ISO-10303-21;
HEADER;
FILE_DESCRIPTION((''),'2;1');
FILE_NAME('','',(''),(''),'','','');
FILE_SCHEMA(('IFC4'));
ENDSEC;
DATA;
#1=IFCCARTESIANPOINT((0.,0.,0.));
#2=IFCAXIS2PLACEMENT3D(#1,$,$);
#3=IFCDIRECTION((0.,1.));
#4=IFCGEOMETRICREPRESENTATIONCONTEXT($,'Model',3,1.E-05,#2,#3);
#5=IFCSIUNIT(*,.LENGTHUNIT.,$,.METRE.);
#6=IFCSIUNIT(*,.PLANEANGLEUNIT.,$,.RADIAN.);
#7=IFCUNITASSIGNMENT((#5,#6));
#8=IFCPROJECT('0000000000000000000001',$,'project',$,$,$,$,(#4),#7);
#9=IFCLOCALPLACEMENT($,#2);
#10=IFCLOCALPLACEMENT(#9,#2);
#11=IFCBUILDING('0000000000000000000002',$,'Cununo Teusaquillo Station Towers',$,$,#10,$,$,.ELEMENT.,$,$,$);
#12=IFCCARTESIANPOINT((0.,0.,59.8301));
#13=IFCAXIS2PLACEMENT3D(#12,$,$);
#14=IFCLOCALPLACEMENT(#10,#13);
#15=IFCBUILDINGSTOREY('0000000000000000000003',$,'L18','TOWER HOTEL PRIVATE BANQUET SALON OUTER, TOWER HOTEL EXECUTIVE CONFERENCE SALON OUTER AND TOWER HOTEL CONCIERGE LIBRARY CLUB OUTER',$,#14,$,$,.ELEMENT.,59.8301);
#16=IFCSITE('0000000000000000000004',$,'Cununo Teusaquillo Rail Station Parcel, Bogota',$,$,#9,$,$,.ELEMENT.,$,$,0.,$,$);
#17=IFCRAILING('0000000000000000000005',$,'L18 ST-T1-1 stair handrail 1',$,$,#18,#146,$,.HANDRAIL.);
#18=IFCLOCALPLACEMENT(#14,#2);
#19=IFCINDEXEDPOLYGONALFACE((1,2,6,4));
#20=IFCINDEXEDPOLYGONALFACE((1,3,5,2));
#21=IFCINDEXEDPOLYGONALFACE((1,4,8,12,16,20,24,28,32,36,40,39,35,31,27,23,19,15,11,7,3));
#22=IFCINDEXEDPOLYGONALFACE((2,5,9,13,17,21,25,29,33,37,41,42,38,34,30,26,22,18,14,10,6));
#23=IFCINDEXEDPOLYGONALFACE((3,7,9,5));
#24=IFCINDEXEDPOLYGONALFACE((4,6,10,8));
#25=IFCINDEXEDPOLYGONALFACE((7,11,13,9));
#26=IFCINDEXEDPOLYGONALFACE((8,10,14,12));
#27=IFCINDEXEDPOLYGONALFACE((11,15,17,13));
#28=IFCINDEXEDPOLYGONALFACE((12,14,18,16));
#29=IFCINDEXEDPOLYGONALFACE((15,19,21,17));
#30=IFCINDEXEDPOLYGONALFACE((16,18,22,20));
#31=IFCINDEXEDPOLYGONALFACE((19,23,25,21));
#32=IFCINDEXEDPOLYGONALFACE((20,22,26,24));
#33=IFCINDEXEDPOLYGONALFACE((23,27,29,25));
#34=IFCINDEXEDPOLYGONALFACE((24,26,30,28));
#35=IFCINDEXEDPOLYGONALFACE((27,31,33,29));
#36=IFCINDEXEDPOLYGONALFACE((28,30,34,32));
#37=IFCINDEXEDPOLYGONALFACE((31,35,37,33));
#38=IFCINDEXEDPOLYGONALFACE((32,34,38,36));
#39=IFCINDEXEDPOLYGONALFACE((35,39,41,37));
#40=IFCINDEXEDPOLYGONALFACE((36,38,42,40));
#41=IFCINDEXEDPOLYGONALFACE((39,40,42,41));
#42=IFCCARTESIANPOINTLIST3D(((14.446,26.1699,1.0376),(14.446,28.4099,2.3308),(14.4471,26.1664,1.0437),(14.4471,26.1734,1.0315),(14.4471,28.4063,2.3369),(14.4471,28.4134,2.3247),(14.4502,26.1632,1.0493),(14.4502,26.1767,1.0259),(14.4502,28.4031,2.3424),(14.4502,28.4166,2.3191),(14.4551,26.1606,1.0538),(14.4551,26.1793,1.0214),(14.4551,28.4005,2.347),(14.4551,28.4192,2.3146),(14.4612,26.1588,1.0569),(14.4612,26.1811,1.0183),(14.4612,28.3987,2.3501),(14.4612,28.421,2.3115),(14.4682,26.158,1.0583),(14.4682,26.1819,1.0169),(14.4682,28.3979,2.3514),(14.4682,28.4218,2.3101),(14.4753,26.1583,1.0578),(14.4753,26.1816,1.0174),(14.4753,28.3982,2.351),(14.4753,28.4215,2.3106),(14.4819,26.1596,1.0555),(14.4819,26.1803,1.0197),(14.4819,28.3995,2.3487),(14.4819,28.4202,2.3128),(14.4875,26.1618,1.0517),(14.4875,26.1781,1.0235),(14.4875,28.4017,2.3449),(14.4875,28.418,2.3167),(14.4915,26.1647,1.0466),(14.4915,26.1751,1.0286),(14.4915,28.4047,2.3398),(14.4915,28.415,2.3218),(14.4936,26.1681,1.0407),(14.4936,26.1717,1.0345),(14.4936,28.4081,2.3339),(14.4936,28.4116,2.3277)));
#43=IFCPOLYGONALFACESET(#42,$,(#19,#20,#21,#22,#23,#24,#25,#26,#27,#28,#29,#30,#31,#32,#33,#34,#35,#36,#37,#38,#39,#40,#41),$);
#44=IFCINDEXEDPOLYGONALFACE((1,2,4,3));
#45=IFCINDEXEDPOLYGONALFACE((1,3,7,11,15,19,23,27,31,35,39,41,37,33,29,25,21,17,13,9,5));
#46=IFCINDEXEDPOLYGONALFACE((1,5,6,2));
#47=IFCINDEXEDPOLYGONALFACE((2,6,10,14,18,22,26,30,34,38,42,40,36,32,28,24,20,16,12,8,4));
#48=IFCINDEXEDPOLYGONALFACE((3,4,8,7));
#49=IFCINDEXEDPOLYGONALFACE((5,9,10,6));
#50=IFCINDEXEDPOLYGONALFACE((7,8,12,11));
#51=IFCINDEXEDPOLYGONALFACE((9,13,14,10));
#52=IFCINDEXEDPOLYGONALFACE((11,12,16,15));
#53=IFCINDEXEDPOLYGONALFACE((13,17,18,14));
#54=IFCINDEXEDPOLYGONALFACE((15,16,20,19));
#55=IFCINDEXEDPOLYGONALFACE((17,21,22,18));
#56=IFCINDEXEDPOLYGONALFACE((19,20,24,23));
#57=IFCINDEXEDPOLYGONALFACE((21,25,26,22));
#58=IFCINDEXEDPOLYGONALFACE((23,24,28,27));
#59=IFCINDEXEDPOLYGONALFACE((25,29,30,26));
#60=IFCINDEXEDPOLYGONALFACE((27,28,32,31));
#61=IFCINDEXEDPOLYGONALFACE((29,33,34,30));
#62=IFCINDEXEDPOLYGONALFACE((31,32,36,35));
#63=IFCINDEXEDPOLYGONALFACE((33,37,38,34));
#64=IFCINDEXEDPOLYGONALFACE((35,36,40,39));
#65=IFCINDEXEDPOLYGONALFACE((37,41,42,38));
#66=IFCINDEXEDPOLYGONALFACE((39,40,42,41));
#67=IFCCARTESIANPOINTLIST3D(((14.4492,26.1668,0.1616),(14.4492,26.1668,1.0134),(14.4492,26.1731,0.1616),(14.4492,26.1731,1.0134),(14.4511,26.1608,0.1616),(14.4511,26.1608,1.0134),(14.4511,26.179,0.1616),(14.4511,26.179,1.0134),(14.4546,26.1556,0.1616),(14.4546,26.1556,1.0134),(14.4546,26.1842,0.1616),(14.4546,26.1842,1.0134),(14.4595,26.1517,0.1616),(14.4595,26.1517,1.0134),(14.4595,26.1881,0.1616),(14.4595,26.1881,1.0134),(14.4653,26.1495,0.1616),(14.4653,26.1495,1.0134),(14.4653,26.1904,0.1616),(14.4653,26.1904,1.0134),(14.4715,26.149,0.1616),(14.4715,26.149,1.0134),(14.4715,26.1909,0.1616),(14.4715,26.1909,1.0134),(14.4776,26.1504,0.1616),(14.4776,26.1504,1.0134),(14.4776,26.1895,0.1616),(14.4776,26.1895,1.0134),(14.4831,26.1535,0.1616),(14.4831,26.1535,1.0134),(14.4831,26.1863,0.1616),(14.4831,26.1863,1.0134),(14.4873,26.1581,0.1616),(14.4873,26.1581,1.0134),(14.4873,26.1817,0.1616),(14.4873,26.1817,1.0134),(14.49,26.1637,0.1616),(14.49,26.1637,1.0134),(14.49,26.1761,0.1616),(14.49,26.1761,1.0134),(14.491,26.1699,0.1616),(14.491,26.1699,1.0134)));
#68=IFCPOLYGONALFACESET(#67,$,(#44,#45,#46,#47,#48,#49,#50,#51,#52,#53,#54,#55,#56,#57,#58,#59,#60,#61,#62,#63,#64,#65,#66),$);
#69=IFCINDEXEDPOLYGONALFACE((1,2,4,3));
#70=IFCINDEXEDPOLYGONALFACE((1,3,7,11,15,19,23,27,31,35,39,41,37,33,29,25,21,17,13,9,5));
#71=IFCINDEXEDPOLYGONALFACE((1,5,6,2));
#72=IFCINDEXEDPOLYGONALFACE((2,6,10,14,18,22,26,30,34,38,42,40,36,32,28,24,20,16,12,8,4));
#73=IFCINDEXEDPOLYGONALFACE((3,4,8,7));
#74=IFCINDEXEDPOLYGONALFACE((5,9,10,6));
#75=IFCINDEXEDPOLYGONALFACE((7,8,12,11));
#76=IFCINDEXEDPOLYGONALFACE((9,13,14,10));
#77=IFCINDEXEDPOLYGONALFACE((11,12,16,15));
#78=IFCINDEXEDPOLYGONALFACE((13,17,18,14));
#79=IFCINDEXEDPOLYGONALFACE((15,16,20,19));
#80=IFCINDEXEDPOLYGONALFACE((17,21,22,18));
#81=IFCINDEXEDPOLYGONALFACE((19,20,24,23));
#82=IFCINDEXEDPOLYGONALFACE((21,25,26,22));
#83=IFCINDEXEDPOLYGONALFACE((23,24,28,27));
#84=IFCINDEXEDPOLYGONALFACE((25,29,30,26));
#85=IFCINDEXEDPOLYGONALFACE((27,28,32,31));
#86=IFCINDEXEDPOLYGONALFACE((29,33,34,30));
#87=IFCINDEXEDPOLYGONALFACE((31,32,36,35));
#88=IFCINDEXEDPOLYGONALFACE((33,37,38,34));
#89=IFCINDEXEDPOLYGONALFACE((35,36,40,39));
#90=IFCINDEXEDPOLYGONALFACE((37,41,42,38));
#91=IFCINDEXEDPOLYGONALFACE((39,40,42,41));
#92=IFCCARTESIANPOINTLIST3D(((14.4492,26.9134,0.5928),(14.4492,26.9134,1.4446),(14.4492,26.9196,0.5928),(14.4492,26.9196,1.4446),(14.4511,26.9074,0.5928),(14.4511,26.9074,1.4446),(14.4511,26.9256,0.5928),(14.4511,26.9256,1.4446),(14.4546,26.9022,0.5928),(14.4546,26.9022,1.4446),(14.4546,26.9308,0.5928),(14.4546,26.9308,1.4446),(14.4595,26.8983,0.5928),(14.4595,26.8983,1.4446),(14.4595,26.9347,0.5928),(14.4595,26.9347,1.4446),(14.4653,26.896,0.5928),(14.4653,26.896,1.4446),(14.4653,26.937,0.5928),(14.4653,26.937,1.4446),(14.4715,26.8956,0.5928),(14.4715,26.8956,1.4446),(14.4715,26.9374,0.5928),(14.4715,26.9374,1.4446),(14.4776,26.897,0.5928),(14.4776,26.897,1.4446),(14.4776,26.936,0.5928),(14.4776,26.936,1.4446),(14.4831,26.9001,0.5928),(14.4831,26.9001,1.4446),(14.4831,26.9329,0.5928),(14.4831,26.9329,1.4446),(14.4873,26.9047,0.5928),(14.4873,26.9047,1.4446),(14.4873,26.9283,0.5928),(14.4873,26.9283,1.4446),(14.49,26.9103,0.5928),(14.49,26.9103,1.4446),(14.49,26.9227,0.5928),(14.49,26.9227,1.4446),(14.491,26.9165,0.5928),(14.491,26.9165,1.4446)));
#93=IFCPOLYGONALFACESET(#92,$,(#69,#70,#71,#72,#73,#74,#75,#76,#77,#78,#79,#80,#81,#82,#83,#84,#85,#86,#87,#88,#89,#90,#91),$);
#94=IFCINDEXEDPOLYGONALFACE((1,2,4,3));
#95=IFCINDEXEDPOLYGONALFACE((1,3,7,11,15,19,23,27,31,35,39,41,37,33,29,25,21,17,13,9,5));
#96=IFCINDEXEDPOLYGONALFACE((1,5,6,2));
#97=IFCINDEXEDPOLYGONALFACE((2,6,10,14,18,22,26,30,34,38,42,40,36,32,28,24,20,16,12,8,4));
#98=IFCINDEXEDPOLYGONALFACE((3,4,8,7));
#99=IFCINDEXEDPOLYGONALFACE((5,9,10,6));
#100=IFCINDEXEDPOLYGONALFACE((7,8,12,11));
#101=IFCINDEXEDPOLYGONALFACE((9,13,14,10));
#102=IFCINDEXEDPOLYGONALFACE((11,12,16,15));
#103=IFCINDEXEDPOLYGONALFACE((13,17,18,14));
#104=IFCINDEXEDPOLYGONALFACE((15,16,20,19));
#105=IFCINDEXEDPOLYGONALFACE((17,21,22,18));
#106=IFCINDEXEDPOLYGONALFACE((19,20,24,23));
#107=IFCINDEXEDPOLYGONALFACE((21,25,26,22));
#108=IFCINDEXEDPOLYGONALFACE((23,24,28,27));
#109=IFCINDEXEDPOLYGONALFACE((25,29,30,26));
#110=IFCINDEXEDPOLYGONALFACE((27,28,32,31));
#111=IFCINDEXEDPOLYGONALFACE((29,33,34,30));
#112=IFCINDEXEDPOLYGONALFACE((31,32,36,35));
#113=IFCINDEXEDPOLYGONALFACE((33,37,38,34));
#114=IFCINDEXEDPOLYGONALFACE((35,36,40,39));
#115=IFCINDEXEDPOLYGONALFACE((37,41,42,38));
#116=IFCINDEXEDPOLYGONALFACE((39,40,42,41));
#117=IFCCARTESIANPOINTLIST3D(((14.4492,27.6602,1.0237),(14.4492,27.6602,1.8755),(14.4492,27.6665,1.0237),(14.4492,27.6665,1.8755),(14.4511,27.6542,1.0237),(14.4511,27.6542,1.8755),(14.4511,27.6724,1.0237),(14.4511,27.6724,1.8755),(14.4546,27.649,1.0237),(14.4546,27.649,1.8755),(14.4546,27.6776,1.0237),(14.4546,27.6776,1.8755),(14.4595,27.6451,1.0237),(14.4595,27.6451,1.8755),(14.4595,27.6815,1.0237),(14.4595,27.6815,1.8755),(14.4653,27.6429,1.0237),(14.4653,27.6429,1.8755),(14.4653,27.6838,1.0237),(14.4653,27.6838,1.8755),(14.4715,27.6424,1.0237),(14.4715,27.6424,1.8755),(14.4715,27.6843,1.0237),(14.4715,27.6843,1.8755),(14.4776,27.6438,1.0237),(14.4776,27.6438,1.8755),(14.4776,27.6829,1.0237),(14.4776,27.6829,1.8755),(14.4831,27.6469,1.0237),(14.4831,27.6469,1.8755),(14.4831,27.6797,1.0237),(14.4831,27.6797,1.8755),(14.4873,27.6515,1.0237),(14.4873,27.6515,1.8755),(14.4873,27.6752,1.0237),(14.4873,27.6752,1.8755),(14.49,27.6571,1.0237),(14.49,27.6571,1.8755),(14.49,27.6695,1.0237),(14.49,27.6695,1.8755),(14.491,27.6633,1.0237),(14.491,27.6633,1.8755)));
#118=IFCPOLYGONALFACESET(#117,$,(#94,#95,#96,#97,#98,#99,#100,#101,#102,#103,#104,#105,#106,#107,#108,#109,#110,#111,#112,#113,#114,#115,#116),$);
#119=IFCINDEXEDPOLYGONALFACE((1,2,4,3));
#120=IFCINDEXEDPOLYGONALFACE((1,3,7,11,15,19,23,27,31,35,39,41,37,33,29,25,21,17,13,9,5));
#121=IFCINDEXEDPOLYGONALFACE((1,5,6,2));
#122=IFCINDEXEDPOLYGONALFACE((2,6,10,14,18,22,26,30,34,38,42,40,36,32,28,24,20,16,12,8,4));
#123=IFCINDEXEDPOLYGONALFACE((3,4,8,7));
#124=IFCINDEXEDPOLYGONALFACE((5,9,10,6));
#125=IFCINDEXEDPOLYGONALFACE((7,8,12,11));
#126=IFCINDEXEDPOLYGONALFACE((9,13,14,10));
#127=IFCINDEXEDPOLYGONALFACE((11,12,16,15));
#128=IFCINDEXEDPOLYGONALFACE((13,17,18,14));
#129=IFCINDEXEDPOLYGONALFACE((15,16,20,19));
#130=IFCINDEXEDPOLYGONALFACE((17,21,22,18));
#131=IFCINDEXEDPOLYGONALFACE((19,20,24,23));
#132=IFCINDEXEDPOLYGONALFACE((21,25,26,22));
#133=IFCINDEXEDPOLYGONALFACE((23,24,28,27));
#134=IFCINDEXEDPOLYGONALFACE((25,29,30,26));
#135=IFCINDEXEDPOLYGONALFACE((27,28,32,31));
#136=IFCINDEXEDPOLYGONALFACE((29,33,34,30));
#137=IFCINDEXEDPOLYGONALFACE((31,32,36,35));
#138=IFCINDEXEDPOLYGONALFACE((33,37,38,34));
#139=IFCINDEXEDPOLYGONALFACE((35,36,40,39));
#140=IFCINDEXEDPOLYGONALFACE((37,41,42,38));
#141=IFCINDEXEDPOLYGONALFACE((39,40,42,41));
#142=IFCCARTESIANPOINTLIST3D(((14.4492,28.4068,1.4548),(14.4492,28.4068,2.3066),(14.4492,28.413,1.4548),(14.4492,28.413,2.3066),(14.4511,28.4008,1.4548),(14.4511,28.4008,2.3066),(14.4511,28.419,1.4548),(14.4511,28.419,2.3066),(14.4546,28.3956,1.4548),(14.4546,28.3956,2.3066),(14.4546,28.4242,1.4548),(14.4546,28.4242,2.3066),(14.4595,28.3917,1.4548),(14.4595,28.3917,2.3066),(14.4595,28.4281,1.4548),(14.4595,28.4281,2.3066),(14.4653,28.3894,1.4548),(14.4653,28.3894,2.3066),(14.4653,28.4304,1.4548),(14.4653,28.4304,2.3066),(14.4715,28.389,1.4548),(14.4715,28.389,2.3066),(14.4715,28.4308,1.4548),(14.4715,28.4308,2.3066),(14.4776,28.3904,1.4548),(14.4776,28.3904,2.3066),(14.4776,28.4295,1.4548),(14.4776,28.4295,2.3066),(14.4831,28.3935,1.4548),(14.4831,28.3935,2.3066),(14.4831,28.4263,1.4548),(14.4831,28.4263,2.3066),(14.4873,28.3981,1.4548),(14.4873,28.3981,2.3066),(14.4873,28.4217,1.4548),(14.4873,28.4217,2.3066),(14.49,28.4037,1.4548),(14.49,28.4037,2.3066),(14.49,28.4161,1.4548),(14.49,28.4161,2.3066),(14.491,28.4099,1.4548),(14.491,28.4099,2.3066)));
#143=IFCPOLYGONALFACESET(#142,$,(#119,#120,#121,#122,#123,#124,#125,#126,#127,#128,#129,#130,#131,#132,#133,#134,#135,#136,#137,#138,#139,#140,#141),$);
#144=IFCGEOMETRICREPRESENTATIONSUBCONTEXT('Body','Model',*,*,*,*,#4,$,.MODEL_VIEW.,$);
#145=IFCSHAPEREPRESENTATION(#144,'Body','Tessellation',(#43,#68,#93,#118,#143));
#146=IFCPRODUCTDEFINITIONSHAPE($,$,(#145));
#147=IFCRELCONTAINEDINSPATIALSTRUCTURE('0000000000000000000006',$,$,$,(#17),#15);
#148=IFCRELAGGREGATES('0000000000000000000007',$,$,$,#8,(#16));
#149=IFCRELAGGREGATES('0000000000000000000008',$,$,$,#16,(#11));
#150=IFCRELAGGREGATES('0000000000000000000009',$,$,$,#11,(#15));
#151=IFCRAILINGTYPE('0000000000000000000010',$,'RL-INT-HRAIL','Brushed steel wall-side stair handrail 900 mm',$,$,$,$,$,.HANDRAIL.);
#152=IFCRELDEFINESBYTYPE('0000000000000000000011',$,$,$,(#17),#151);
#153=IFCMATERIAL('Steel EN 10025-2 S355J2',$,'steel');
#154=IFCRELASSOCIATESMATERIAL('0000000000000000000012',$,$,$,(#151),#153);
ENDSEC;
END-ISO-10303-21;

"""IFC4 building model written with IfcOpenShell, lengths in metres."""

from ifc_helpers import new_model, si_unit, direction, frame, origin, origin_2d, place, context, subcontext, project, spatial, circle, extrude, material, type_object, element, save


model = new_model("IFC4")

# Units and contexts
model_context = context("Model", 3, precision=1e-05, world=origin(), true_north=direction((0.0, 1.0)))
body_context = subcontext(model_context, "Body", "Model", "MODEL_VIEW")
ifc_project = project(units=[si_unit("LENGTHUNIT", "METRE"), si_unit("PLANEANGLEUNIT", "RADIAN")], contexts=[model_context])

# Site, building, storey
site_placement = place(None, origin())
site = spatial("IfcSite", under=ifc_project, at=site_placement, Name="Cununo Teusaquillo Rail Station Parcel, Bogota", CompositionType="ELEMENT", RefElevation=0.0)
building_placement = place(site_placement, origin())
building = spatial("IfcBuilding", under=site, at=building_placement, Name="Cununo Teusaquillo Station Towers", CompositionType="ELEMENT")
storey_placement = place(building_placement, frame((0.0, 0.0, 59.8301)))
storey = spatial("IfcBuildingStorey", under=building, at=storey_placement, Name="L18", Description="TOWER HOTEL PRIVATE BANQUET SALON OUTER, TOWER HOTEL EXECUTIVE CONFERENCE SALON OUTER AND TOWER HOTEL CONCIERGE LIBRARY CLUB OUTER", CompositionType="ELEMENT", Elevation=59.8301)

# Railing
ifc_material_1 = material(Name="Steel EN 10025-2 S355J2", Category="steel")
railing_type_1 = type_object("IfcRailingType", Name="RL-INT-HRAIL", Description="Brushed steel wall-side stair handrail 900 mm", PredefinedType="HANDRAIL", material=ifc_material_1)
railing_1_placement = place(storey_placement, frame((14.47, 26.1699, 0.1616)))
element("IfcRailing", 1, at=railing_1_placement, inside=storey, type_object=railing_type_1, Name="L18 ST-T1-1 stair handrail 1", PredefinedType="HANDRAIL", context=body_context, shape_type="SweptSolid", body=[
    extrude(circle(Radius=0.0239, at=origin_2d()), frame((0.0, 0.0, 0.876), z_axis=(0.0, 0.866033, 0.499987), x_axis=(-1.0, 0.0, 0.0)), (0.0, 0.0, 1.0), 2.5864),
    extrude(circle(Radius=0.021, at=origin_2d()), origin(), (0.0, 0.0, 1.0), 0.8518),
    extrude(circle(Radius=0.021, at=origin_2d()), frame((0.0, 0.7466, 0.4312)), (0.0, 0.0, 1.0), 0.8518),
    extrude(circle(Radius=0.021, at=origin_2d()), frame((0.0, 1.4934, 0.8621)), (0.0, 0.0, 1.0), 0.8518),
    extrude(circle(Radius=0.021, at=origin_2d()), frame((0.0, 2.24, 1.2932)), (0.0, 0.0, 1.0), 0.8518),
])

save(model, "model.ifc")
